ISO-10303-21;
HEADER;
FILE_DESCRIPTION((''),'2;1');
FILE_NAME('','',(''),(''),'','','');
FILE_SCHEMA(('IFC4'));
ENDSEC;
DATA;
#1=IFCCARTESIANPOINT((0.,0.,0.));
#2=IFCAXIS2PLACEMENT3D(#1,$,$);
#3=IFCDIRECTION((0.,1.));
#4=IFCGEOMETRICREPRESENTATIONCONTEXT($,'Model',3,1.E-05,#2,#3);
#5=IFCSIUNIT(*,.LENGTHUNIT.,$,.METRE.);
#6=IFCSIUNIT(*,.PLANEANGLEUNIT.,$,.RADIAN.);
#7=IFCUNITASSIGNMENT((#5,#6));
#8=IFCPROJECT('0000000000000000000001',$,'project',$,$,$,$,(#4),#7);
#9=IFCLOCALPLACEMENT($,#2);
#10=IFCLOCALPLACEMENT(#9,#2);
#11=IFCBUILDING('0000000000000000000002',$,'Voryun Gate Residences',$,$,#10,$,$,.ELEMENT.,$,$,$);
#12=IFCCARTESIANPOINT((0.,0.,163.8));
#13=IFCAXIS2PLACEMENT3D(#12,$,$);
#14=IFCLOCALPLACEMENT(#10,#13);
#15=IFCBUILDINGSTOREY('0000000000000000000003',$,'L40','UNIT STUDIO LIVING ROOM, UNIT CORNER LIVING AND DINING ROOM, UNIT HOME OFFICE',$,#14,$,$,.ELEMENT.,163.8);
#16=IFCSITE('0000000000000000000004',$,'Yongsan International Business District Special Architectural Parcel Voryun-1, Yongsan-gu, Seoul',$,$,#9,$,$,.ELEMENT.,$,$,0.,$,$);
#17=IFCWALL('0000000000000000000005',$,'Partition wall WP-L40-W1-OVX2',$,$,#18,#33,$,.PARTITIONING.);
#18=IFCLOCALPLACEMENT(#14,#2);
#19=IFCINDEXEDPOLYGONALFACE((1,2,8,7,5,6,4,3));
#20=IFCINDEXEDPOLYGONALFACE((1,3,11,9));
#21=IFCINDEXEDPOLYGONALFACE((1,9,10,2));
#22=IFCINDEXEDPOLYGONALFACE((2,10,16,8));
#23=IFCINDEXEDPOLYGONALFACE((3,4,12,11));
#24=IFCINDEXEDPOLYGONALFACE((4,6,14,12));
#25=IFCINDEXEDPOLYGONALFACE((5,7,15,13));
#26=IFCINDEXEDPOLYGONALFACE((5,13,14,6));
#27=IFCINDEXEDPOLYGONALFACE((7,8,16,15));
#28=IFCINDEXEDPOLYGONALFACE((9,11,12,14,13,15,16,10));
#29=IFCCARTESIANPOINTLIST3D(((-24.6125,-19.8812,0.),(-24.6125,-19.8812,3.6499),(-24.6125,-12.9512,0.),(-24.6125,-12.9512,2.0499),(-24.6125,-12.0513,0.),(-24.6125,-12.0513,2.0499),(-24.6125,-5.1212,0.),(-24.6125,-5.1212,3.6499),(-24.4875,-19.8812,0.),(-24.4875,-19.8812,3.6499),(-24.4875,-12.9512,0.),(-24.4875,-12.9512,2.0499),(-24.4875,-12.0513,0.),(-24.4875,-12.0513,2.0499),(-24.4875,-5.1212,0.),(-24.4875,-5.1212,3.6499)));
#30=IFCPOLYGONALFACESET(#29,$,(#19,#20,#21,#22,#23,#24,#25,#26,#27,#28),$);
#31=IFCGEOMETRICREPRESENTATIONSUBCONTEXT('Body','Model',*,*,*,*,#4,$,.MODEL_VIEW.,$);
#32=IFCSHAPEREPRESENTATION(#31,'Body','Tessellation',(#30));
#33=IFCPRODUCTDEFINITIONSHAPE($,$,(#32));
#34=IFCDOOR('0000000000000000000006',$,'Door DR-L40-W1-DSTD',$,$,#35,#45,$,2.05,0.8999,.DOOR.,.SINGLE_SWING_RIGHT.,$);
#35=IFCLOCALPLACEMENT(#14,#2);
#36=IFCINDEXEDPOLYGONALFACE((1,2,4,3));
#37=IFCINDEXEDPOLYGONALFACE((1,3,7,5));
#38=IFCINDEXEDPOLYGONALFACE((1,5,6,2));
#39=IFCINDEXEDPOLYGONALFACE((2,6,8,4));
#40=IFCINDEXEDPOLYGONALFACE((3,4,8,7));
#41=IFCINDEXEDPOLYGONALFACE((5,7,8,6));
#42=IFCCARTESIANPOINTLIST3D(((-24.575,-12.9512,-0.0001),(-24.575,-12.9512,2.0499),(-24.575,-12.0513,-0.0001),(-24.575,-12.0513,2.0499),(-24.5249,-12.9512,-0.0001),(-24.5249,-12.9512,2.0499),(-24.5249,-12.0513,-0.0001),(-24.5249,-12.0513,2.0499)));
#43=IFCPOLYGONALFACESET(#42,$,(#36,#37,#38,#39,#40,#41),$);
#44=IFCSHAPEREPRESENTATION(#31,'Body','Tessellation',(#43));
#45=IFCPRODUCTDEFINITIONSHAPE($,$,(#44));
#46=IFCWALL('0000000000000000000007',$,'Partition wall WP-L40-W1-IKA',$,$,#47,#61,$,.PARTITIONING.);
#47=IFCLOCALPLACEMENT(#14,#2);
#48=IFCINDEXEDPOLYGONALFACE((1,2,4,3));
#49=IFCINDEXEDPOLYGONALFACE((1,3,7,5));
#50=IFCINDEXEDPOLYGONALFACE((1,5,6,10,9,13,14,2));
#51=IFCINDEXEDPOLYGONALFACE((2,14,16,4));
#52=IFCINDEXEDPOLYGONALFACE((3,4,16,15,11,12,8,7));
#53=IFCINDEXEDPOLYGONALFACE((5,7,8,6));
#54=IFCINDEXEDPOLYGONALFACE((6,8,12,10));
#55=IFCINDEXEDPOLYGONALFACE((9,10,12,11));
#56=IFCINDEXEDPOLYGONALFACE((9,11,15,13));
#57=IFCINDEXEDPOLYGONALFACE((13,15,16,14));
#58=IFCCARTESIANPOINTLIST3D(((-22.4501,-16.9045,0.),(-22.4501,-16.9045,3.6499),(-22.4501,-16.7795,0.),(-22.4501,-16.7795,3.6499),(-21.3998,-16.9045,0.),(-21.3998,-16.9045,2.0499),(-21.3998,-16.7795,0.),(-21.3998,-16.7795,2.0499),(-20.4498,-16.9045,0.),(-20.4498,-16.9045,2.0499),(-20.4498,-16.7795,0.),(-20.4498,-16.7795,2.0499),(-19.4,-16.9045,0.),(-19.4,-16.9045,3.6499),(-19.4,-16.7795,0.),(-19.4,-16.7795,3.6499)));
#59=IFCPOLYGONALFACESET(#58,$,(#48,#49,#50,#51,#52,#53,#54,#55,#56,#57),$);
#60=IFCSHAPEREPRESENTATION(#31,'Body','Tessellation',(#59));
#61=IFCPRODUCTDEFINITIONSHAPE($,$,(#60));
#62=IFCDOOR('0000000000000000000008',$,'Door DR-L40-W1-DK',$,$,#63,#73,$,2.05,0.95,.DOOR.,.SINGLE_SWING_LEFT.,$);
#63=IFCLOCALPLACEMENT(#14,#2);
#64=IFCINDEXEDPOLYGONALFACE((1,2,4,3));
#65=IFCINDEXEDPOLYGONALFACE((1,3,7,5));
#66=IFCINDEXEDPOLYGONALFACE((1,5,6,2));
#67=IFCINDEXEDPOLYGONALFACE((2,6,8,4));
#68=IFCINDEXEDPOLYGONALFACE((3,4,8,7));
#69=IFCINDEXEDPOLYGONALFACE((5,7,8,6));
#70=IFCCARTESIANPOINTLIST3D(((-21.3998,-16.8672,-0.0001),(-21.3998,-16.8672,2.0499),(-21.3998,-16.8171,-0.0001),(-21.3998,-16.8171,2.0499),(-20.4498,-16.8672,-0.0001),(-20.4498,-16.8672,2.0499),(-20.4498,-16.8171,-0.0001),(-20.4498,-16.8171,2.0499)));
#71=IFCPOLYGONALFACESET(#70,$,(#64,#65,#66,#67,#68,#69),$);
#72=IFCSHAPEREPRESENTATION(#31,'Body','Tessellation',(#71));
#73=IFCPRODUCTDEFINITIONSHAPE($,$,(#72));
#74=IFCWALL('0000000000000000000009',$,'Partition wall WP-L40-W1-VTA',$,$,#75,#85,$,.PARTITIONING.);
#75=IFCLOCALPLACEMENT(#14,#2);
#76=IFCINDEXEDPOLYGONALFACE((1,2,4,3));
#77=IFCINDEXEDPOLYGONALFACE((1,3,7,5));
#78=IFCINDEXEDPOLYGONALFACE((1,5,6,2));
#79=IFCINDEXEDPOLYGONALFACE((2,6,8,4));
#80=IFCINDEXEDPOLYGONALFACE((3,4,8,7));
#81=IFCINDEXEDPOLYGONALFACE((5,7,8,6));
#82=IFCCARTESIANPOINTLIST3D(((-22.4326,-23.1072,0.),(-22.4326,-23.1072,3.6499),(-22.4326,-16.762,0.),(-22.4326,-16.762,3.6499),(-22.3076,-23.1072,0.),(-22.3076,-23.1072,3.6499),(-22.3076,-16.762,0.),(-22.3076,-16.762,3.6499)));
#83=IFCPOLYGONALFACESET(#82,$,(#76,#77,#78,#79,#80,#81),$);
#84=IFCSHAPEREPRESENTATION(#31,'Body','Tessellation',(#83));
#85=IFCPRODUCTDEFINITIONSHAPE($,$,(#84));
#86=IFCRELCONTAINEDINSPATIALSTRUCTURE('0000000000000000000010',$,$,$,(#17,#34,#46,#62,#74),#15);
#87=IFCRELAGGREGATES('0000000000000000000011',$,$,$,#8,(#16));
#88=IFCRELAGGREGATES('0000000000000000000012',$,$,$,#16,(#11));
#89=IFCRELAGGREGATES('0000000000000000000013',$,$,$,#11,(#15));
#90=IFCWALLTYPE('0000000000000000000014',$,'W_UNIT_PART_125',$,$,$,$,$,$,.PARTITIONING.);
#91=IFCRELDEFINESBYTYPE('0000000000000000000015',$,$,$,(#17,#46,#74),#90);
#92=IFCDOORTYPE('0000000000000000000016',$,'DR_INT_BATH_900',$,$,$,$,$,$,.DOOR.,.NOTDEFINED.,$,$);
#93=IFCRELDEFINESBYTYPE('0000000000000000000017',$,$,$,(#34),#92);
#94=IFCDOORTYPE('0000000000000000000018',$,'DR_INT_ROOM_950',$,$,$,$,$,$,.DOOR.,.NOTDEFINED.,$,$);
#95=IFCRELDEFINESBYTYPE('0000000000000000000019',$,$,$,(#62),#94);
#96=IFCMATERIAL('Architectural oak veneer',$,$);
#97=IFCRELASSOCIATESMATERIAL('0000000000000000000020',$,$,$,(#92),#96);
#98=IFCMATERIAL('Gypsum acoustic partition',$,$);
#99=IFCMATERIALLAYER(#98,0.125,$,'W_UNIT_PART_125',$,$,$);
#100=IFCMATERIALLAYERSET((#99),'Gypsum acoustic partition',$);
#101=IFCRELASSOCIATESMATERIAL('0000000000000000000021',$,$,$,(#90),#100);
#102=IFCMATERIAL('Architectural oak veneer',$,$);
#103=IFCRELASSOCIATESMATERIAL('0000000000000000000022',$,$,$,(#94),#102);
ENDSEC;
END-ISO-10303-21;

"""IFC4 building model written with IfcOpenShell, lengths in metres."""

from ifc_helpers import new_model, si_unit, direction, frame, frame_2d, origin, place, context, subcontext, project, spatial, rectangle, extrude, material, layer, layer_set, type_object, element, fill, save


model = new_model("IFC4")

# Units and contexts
model_context = context("Model", 3, precision=1e-05, world=origin(), true_north=direction((0.0, 1.0)))
body_context = subcontext(model_context, "Body", "Model", "MODEL_VIEW")
ifc_project = project(units=[si_unit("LENGTHUNIT", "METRE"), si_unit("PLANEANGLEUNIT", "RADIAN")], contexts=[model_context])

# Site, building, storey
site_placement = place(None, origin())
site = spatial("IfcSite", under=ifc_project, at=site_placement, Name="Yongsan International Business District Special Architectural Parcel Voryun-1, Yongsan-gu, Seoul", CompositionType="ELEMENT", RefElevation=0.0)
building_placement = place(site_placement, origin())
building = spatial("IfcBuilding", under=site, at=building_placement, Name="Voryun Gate Residences", CompositionType="ELEMENT")
storey_placement = place(building_placement, frame((0.0, 0.0, 163.8)))
storey = spatial("IfcBuildingStorey", under=building, at=storey_placement, Name="L40", Description="UNIT STUDIO LIVING ROOM, UNIT CORNER LIVING AND DINING ROOM, UNIT HOME OFFICE", CompositionType="ELEMENT", Elevation=163.8)

# Shared definitions
ifc_material_1 = material(Name="Architectural oak veneer")
door_type_1 = type_object("IfcDoorType", Name="DR_INT_BATH_900", OperationType="NOTDEFINED", PredefinedType="DOOR", material=ifc_material_1)

# Shared definitions
ifc_material_2 = material(Name="Gypsum acoustic partition")
ifc_layer_1 = layer(ifc_material_2, 0.125, Name="W_UNIT_PART_125")
ifc_layer_set_1 = layer_set([ifc_layer_1], Name="Gypsum acoustic partition")
wall_type_1 = type_object("IfcWallType", Name="W_UNIT_PART_125", PredefinedType="PARTITIONING", material=ifc_layer_set_1)

# Walls, openings, doors
wall_1_placement = place(storey_placement, frame((-24.55, -19.8811, 0.0), z_axis=(0.0, 0.0, 1.0), x_axis=(0.0, 1.0, 0.0)))
wall_1 = element("IfcWall", 1, at=wall_1_placement, inside=storey, type_object=wall_type_1, Name="Partition wall WP-L40-W1-OVX2", PredefinedType="PARTITIONING", context=body_context, shape_type="SweptSolid", body=[
    extrude(rectangle(XDim=14.76, YDim=0.125, at=frame_2d((7.3799, 0.0))), origin(), (0.0, 0.0, 1.0), 3.6499),
])
opening_1_placement = place(wall_1_placement, frame((6.9299, 0.0, 0.0)))
opening_1 = element("IfcOpeningElement", 2, at=opening_1_placement, cuts=wall_1, PredefinedType="OPENING", context=body_context, shape_type="SweptSolid", body=[
    extrude(rectangle(XDim=0.8999, YDim=2.05, at=frame_2d((0.45, 1.0249))), frame((0.0, 0.0725, 0.0), z_axis=(0.0, -1.0, 0.0), x_axis=(1.0, 0.0, 0.0)), (0.0, 0.0, 1.0), 0.145),
])
door_1_placement = place(opening_1_placement, origin())
door_1 = element("IfcDoor", 3, at=door_1_placement, inside=storey, type_object=door_type_1, Name="Door DR-L40-W1-DSTD", OperationType="SINGLE_SWING_RIGHT", OverallHeight=2.05, OverallWidth=0.8999, PredefinedType="DOOR", context=body_context, shape_type="SweptSolid", body=[
    extrude(rectangle(XDim=0.8999, YDim=2.05, at=frame_2d((0.45, 1.0249))), frame((0.0, 0.0249, 0.0), z_axis=(0.0, -1.0, 0.0), x_axis=(1.0, 0.0, 0.0)), (0.0, 0.0, 1.0), 0.05),
])
fill(opening_1, door_1)
wall_2_placement = place(storey_placement, frame((-22.45, -16.842, 0.0), z_axis=(0.0, 0.0, 1.0), x_axis=(1.0, 0.0, 0.0)))
wall_2 = element("IfcWall", 4, at=wall_2_placement, inside=storey, type_object=wall_type_1, Name="Partition wall WP-L40-W1-IKA", PredefinedType="PARTITIONING", context=body_context, shape_type="SweptSolid", body=[
    extrude(rectangle(XDim=3.05, YDim=0.125, at=frame_2d((1.5249, 0.0))), origin(), (0.0, 0.0, 1.0), 3.6499),
])
opening_2_placement = place(wall_2_placement, frame((1.05, 0.0, 0.0)))
opening_2 = element("IfcOpeningElement", 5, at=opening_2_placement, cuts=wall_2, PredefinedType="OPENING", context=body_context, shape_type="SweptSolid", body=[
    extrude(rectangle(XDim=0.95, YDim=2.05, at=frame_2d((0.4751, 1.0249))), frame((0.0, 0.0725, 0.0), z_axis=(0.0, -1.0, 0.0), x_axis=(1.0, 0.0, 0.0)), (0.0, 0.0, 1.0), 0.145),
])
ifc_material_3 = material(Name="Architectural oak veneer")
door_type_2 = type_object("IfcDoorType", Name="DR_INT_ROOM_950", OperationType="NOTDEFINED", PredefinedType="DOOR", material=ifc_material_3)
door_2_placement = place(opening_2_placement, origin())
door_2 = element("IfcDoor", 6, at=door_2_placement, inside=storey, type_object=door_type_2, Name="Door DR-L40-W1-DK", OperationType="SINGLE_SWING_LEFT", OverallHeight=2.05, OverallWidth=0.95, PredefinedType="DOOR", context=body_context, shape_type="SweptSolid", body=[
    extrude(rectangle(XDim=0.95, YDim=2.05, at=frame_2d((0.4751, 1.0249))), frame((0.0, 0.0249, 0.0), z_axis=(0.0, -1.0, 0.0), x_axis=(1.0, 0.0, 0.0)), (0.0, 0.0, 1.0), 0.05),
])
fill(opening_2, door_2)

# Wall
wall_3_placement = place(storey_placement, frame((-22.3701, -23.1072, 0.0), z_axis=(0.0, 0.0, 1.0), x_axis=(0.0, 1.0, 0.0)))
element("IfcWall", 7, at=wall_3_placement, inside=storey, type_object=wall_type_1, Name="Partition wall WP-L40-W1-VTA", PredefinedType="PARTITIONING", context=body_context, shape_type="SweptSolid", body=[
    extrude(rectangle(XDim=6.3452, YDim=0.125, at=frame_2d((3.1726, 0.0))), origin(), (0.0, 0.0, 1.0), 3.6499),
])

save(model, "model.ifc")
